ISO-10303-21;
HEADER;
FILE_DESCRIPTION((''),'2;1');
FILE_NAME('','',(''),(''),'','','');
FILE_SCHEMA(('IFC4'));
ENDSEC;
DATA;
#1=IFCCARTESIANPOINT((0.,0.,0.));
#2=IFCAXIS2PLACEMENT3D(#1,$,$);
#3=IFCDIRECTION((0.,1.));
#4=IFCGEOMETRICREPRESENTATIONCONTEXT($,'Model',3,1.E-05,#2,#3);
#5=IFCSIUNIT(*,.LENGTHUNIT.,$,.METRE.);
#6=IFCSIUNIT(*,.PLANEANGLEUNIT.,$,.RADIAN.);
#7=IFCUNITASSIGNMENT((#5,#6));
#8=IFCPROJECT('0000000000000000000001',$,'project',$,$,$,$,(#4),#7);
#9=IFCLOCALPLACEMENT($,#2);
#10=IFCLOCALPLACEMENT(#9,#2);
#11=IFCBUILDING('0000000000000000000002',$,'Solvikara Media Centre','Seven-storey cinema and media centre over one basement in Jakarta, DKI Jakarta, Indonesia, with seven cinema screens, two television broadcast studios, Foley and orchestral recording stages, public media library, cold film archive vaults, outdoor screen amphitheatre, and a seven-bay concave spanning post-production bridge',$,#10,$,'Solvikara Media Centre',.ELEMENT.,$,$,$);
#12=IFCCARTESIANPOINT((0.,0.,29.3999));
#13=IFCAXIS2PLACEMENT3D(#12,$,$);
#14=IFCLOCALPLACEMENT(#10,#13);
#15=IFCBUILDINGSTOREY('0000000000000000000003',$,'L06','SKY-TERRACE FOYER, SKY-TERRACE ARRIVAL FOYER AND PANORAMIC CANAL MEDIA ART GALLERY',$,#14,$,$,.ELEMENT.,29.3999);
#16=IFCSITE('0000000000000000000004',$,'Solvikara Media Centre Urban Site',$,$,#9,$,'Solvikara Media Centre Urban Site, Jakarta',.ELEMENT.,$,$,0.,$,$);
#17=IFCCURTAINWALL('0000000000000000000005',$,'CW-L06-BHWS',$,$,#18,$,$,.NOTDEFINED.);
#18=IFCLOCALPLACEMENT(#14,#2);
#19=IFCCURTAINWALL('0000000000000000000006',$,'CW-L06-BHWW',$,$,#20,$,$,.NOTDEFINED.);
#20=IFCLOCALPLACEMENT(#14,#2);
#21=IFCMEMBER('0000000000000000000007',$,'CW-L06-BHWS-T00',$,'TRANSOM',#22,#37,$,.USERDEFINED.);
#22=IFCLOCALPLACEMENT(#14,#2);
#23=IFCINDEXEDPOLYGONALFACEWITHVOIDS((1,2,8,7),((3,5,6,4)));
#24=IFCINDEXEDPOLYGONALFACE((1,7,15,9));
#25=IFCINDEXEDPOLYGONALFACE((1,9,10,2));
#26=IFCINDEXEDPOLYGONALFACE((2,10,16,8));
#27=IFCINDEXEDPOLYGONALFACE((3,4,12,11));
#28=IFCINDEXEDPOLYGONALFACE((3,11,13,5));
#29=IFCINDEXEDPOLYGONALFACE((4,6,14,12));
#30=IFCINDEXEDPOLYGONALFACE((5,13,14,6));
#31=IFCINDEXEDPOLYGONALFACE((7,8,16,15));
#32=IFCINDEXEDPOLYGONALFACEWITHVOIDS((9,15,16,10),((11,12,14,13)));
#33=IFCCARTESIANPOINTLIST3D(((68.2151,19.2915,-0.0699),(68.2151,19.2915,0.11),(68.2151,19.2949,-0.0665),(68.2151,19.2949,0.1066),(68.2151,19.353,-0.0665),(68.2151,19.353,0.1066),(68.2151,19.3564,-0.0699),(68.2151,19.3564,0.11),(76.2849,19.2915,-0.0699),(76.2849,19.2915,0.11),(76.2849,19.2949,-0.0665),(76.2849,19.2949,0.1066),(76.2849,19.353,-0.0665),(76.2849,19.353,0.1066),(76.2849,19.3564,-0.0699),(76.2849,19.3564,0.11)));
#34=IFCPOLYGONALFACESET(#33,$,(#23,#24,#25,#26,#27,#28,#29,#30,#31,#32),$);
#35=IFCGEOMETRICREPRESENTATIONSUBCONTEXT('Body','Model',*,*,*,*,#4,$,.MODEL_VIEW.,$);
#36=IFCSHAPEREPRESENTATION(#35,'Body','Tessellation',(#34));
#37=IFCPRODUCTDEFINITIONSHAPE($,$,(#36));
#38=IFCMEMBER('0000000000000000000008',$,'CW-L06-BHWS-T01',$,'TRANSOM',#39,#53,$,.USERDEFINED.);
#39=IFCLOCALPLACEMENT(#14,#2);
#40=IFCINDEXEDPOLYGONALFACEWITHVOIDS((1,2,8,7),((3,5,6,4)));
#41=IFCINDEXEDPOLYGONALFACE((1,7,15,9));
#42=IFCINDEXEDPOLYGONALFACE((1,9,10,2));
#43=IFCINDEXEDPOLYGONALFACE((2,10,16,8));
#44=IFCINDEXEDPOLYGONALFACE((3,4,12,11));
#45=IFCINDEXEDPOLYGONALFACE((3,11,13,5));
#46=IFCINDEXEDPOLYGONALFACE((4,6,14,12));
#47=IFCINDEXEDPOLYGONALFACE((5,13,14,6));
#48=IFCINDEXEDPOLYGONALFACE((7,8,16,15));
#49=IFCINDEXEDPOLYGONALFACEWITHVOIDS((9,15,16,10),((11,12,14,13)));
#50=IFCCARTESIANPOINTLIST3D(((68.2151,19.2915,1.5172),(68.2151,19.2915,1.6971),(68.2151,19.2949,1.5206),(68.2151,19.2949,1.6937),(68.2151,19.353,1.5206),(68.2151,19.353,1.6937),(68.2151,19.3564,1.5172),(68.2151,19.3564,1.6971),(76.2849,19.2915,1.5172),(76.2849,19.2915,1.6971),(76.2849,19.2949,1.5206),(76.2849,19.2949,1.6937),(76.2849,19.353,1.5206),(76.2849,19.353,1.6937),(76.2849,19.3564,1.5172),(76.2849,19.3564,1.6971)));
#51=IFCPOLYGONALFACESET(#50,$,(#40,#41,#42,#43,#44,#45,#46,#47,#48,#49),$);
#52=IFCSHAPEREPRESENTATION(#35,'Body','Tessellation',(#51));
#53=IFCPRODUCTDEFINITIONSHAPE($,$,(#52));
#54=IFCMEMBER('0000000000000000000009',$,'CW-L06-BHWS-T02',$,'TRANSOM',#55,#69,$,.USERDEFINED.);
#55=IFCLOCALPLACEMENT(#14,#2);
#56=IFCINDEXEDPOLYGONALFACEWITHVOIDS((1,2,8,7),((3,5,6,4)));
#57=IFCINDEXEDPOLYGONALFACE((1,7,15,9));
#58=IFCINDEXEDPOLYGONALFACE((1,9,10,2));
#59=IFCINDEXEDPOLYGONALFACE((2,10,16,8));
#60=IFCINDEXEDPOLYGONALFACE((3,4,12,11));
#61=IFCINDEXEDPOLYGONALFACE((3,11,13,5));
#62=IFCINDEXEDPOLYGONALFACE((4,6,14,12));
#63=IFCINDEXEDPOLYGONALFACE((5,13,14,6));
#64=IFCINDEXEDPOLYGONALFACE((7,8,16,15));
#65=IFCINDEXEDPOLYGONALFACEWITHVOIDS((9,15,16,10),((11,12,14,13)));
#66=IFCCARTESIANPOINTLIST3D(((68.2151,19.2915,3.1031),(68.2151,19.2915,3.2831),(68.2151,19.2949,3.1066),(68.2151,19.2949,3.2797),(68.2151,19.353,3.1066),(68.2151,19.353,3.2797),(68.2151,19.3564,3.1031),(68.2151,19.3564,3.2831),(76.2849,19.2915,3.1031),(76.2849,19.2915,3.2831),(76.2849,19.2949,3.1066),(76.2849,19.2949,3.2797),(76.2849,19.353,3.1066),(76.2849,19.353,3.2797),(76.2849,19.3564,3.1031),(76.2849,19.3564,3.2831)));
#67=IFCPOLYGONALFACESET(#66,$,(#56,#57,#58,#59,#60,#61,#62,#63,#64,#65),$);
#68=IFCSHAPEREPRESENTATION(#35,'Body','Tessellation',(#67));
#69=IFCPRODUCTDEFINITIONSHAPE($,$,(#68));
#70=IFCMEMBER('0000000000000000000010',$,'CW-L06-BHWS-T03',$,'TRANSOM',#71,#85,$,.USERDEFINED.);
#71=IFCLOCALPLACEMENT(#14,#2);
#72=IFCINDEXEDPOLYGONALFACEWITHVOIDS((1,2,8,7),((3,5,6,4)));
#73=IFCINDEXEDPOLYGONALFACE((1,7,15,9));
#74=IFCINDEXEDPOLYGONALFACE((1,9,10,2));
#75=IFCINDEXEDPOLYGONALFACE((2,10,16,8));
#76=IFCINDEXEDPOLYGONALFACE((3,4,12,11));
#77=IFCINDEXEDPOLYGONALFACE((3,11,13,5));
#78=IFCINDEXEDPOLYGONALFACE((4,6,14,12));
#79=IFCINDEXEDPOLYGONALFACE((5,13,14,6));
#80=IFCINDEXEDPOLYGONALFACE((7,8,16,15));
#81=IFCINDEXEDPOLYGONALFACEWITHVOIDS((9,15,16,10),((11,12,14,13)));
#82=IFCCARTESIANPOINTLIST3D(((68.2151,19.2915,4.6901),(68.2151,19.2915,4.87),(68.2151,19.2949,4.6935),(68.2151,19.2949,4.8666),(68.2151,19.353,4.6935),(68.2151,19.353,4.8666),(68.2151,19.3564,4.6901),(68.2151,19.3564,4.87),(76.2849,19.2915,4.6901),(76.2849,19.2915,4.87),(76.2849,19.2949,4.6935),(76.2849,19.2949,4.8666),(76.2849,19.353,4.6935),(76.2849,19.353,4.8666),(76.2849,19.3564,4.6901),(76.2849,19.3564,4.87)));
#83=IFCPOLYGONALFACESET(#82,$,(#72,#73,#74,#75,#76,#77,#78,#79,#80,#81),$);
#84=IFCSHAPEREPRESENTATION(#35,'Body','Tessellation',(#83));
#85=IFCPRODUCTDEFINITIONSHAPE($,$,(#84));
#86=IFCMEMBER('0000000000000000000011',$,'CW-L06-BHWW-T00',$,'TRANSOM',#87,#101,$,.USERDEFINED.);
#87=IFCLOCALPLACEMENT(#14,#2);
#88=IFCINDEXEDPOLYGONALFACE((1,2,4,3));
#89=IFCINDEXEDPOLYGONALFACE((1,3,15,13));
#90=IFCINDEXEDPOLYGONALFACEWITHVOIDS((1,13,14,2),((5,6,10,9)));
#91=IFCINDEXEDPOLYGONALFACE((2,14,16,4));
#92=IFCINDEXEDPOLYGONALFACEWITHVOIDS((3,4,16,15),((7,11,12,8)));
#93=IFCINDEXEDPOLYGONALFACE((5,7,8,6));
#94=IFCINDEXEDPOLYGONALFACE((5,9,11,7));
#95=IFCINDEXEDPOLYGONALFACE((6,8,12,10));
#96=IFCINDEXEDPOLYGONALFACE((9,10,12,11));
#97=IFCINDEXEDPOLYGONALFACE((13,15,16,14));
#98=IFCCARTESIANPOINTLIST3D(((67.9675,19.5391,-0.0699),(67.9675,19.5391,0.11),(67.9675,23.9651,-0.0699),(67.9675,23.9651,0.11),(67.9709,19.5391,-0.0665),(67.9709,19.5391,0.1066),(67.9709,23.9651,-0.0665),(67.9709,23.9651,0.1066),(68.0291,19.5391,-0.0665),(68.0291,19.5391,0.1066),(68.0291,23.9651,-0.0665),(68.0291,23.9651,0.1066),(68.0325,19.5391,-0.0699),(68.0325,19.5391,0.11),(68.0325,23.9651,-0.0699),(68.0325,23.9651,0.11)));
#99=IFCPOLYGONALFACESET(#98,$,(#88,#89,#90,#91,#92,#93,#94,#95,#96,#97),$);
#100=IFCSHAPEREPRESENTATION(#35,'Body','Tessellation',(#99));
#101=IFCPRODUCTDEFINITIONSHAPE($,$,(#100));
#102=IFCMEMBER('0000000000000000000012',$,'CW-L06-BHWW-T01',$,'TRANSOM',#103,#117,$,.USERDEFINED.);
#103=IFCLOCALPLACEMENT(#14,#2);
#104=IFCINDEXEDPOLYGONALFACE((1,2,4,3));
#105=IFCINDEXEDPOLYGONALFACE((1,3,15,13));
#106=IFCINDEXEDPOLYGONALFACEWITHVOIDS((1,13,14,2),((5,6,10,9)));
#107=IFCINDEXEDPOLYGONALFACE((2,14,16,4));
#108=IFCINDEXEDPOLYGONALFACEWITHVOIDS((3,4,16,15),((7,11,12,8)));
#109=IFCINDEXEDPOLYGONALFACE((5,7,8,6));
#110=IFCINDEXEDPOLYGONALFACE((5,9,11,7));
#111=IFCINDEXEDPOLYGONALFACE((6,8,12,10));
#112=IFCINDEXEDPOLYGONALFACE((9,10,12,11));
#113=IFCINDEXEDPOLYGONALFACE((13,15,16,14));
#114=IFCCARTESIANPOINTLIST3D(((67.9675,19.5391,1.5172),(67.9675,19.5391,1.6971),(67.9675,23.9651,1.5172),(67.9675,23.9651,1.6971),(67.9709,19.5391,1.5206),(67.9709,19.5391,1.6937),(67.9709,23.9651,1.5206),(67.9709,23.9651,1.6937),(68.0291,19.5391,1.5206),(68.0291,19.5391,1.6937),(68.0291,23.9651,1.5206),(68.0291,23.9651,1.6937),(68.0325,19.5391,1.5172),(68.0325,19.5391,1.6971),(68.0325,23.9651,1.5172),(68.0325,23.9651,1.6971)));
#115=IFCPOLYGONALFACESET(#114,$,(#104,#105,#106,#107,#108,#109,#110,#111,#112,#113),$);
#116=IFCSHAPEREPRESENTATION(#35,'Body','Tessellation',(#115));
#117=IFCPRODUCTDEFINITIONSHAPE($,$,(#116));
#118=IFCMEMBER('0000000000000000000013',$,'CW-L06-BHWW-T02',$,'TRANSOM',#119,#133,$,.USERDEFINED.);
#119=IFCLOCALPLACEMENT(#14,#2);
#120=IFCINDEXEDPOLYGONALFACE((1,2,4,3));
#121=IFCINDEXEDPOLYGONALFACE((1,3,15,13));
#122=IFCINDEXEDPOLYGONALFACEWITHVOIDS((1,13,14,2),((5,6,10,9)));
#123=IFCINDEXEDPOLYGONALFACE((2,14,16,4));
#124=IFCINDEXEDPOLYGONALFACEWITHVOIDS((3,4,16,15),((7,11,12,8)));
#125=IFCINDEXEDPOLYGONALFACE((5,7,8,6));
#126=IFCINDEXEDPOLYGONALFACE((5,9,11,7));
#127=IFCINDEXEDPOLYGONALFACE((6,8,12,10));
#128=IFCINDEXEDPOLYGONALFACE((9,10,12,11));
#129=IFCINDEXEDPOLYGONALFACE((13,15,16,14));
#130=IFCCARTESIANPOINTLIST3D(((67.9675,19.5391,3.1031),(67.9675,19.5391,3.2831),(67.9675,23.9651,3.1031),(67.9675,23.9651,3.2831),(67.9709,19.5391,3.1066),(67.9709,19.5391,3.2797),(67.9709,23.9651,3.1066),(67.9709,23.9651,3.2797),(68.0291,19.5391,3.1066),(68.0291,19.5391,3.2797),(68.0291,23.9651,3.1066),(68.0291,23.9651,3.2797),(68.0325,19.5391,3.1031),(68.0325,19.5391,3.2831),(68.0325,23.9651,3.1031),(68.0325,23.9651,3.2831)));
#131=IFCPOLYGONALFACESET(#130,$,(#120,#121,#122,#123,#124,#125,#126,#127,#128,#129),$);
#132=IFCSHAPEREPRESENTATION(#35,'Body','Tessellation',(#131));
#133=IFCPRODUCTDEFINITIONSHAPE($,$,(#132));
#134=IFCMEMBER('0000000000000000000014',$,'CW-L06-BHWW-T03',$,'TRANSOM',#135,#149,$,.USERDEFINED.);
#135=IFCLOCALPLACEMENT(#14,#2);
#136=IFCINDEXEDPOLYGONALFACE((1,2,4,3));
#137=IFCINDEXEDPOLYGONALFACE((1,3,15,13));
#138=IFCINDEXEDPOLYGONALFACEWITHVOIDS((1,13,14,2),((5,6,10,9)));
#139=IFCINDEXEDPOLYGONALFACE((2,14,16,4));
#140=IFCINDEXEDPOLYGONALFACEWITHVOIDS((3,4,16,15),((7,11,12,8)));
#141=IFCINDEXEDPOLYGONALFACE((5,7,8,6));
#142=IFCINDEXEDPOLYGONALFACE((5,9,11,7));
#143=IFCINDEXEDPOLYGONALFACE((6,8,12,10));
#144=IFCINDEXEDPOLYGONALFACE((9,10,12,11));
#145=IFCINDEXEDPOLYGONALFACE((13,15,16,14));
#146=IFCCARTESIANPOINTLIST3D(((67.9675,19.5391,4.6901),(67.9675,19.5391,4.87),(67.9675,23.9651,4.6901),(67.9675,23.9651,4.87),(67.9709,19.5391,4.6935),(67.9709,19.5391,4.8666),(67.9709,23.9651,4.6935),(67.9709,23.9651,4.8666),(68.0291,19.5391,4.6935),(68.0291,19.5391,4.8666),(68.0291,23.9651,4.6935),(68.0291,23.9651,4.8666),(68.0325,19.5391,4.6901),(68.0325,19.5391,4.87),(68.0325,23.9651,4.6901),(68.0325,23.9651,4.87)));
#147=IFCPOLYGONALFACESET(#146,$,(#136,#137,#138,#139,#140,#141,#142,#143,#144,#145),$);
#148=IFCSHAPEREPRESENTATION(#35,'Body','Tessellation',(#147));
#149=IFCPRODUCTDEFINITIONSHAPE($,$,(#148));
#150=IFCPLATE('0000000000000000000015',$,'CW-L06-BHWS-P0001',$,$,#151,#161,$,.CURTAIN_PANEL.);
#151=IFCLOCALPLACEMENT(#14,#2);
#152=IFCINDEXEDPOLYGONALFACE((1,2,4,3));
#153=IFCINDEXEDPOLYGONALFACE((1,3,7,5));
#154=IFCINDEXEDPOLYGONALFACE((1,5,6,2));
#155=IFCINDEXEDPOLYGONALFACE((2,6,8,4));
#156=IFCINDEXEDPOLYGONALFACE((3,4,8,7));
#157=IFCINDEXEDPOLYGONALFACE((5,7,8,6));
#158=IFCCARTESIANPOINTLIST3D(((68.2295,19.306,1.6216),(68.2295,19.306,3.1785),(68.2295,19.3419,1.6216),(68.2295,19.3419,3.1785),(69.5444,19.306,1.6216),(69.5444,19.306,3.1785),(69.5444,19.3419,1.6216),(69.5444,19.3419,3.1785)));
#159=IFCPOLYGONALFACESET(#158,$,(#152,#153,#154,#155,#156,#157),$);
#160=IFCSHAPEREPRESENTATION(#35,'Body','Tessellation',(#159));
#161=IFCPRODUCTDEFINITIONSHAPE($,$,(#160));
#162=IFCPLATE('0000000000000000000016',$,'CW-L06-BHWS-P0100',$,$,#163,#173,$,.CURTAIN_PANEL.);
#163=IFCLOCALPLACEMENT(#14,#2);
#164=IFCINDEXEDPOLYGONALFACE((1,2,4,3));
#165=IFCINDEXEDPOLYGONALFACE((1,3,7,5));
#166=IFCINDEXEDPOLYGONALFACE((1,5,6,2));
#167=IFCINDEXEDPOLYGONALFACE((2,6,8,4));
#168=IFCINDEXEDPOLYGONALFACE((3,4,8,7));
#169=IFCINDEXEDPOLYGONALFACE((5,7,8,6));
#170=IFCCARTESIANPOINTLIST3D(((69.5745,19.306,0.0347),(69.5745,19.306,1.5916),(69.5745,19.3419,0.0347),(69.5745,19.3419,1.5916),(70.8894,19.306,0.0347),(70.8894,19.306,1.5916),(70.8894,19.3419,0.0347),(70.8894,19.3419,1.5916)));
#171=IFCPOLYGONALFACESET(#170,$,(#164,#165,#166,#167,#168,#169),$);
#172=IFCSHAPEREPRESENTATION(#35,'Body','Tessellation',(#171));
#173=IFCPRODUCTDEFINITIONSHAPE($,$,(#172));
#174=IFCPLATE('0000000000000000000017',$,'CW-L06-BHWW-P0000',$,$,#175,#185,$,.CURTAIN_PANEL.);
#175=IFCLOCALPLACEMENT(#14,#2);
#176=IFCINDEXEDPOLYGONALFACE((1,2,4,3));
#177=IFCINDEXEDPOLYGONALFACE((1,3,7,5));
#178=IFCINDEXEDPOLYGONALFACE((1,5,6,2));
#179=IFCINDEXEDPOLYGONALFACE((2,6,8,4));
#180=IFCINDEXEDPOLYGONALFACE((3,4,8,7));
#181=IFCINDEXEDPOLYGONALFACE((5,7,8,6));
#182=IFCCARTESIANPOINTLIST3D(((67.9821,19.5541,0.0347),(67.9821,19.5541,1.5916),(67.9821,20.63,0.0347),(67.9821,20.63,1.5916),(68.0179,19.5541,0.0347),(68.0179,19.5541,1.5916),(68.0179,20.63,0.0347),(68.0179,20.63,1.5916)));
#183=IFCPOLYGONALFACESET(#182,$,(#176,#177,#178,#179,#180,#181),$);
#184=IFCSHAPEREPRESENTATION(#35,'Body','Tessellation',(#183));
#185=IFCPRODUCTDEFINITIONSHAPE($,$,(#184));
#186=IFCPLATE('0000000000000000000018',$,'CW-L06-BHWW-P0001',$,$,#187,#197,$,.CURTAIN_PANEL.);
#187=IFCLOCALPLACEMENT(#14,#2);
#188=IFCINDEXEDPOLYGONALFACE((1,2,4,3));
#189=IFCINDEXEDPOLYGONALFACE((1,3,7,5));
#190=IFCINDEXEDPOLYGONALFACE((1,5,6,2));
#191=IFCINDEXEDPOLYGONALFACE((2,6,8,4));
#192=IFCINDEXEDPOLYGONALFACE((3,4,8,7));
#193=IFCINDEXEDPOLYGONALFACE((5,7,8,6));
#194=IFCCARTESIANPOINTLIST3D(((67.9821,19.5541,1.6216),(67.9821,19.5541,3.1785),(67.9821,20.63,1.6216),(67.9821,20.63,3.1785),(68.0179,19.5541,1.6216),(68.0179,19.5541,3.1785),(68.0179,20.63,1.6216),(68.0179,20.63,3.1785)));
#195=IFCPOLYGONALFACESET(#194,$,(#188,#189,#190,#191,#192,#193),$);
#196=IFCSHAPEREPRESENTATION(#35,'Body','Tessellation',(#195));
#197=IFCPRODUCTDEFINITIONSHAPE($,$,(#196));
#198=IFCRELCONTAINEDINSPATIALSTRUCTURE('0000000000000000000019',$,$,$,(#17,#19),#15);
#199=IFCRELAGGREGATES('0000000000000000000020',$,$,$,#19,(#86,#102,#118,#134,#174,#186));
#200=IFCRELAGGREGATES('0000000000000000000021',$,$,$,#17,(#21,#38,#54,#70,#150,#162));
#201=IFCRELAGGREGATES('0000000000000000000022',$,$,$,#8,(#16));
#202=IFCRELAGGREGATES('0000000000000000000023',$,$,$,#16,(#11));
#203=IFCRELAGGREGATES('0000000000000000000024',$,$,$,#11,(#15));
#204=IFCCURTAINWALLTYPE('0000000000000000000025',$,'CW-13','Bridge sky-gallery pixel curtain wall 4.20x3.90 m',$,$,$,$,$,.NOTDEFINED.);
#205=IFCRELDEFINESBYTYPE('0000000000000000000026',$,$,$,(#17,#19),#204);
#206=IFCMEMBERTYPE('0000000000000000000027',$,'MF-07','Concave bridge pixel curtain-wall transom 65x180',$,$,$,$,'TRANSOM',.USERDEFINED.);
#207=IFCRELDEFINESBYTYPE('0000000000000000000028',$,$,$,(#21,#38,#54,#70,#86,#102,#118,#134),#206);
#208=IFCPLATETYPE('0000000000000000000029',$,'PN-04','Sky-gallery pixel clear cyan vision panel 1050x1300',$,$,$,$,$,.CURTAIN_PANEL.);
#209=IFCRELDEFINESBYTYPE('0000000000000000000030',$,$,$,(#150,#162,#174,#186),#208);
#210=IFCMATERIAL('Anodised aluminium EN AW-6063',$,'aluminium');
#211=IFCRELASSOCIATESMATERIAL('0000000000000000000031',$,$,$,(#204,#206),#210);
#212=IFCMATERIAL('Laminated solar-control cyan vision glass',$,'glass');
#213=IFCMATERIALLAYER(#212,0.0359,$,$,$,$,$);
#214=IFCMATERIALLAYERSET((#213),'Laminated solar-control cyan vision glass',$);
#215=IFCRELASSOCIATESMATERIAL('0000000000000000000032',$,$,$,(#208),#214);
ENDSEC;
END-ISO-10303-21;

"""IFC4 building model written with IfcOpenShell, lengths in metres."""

from ifc_helpers import new_model, si_unit, direction, frame, origin, origin_2d, place, context, subcontext, project, spatial, rectangle, hollow_rectangle, extrude, material, layer, layer_set, material_profile, profile_set, type_object, element, aggregate, save


model = new_model("IFC4")

# Units and contexts
model_context = context("Model", 3, precision=1e-05, world=origin(), true_north=direction((0.0, 1.0)))
body_context = subcontext(model_context, "Body", "Model", "MODEL_VIEW")
ifc_project = project(units=[si_unit("LENGTHUNIT", "METRE"), si_unit("PLANEANGLEUNIT", "RADIAN")], contexts=[model_context])

# Site, building, storey
site_placement = place(None, origin())
site = spatial("IfcSite", under=ifc_project, at=site_placement, Name="Solvikara Media Centre Urban Site", LongName="Solvikara Media Centre Urban Site, Jakarta", CompositionType="ELEMENT", RefElevation=0.0)
building_placement = place(site_placement, origin())
building = spatial("IfcBuilding", under=site, at=building_placement, Name="Solvikara Media Centre", Description="Seven-storey cinema and media centre over one basement in Jakarta, DKI Jakarta, Indonesia, with seven cinema screens, two television broadcast studios, Foley and orchestral recording stages, public media library, cold film archive vaults, outdoor screen amphitheatre, and a seven-bay concave spanning post-production bridge", LongName="Solvikara Media Centre", CompositionType="ELEMENT")
storey_placement = place(building_placement, frame((0.0, 0.0, 29.3999)))
storey = spatial("IfcBuildingStorey", under=building, at=storey_placement, Name="L06", Description="SKY-TERRACE FOYER, SKY-TERRACE ARRIVAL FOYER AND PANORAMIC CANAL MEDIA ART GALLERY", CompositionType="ELEMENT", Elevation=29.3999)

# Curtain wall
ifc_material_1 = material(Name="Anodised aluminium EN AW-6063", Category="aluminium")
curtain_wall_type = type_object("IfcCurtainWallType", Name="CW-13", Description="Bridge sky-gallery pixel curtain wall 4.20x3.90 m", PredefinedType="NOTDEFINED", material=ifc_material_1)
curtain_wall_1_placement = place(storey_placement, origin())
curtain_wall_1 = element("IfcCurtainWall", 1, at=curtain_wall_1_placement, inside=storey, type_object=curtain_wall_type, Name="CW-L06-BHWS", PredefinedType="NOTDEFINED")

# Curtain wall
curtain_wall_2_placement = place(storey_placement, origin())
curtain_wall_2 = element("IfcCurtainWall", 2, at=curtain_wall_2_placement, inside=storey, type_object=curtain_wall_type, Name="CW-L06-BHWW", PredefinedType="NOTDEFINED")

# Members
ifc_material_profile_1 = material_profile(ifc_material_1, hollow_rectangle(XDim=0.0649, YDim=0.1799, WallThickness=0.0034, at=origin_2d()), Name="ALU-T 65x180x3.5")
ifc_profile_set_1 = profile_set([ifc_material_profile_1], Name="Anodised aluminium EN AW-6063")
member_type_1 = type_object("IfcMemberType", Name="MF-07", Description="Concave bridge pixel curtain-wall transom 65x180", ElementType="TRANSOM", PredefinedType="USERDEFINED", material=ifc_profile_set_1)
member_1_placement = place(storey_placement, frame((68.2151, 19.324, 0.02), z_axis=(1.0, 0.0, 0.0), x_axis=(0.0, 1.0, 0.0)))
member_1 = element("IfcMember", 3, at=member_1_placement, type_object=member_type_1, Name="CW-L06-BHWS-T00", ObjectType="TRANSOM", PredefinedType="USERDEFINED", context=body_context, shape_type="SweptSolid", body=[
    extrude(hollow_rectangle(XDim=0.0649, YDim=0.1799, WallThickness=0.0034, at=origin_2d()), origin(), (0.0, 0.0, 1.0), 8.0698),
])
member_2_placement = place(storey_placement, frame((68.2151, 19.324, 1.6072), z_axis=(1.0, 0.0, 0.0), x_axis=(0.0, 1.0, 0.0)))
member_2 = element("IfcMember", 4, at=member_2_placement, type_object=member_type_1, Name="CW-L06-BHWS-T01", ObjectType="TRANSOM", PredefinedType="USERDEFINED", context=body_context, shape_type="SweptSolid", body=[
    extrude(hollow_rectangle(XDim=0.0649, YDim=0.1799, WallThickness=0.0034, at=origin_2d()), origin(), (0.0, 0.0, 1.0), 8.0698),
])
member_3_placement = place(storey_placement, frame((68.2151, 19.324, 3.1931), z_axis=(1.0, 0.0, 0.0), x_axis=(0.0, 1.0, 0.0)))
member_3 = element("IfcMember", 5, at=member_3_placement, type_object=member_type_1, Name="CW-L06-BHWS-T02", ObjectType="TRANSOM", PredefinedType="USERDEFINED", context=body_context, shape_type="SweptSolid", body=[
    extrude(hollow_rectangle(XDim=0.0649, YDim=0.1799, WallThickness=0.0034, at=origin_2d()), origin(), (0.0, 0.0, 1.0), 8.0698),
])
member_4_placement = place(storey_placement, frame((68.2151, 19.324, 4.78), z_axis=(1.0, 0.0, 0.0), x_axis=(0.0, 1.0, 0.0)))
member_4 = element("IfcMember", 6, at=member_4_placement, type_object=member_type_1, Name="CW-L06-BHWS-T03", ObjectType="TRANSOM", PredefinedType="USERDEFINED", context=body_context, shape_type="SweptSolid", body=[
    extrude(hollow_rectangle(XDim=0.0649, YDim=0.1799, WallThickness=0.0034, at=origin_2d()), origin(), (0.0, 0.0, 1.0), 8.0698),
])
member_5_placement = place(storey_placement, frame((68.0, 19.5391, 0.02), z_axis=(0.0, 1.0, 0.0), x_axis=(-1.0, 0.0, 0.0)))
member_5 = element("IfcMember", 7, at=member_5_placement, type_object=member_type_1, Name="CW-L06-BHWW-T00", ObjectType="TRANSOM", PredefinedType="USERDEFINED", context=body_context, shape_type="SweptSolid", body=[
    extrude(hollow_rectangle(XDim=0.0649, YDim=0.1799, WallThickness=0.0034, at=origin_2d()), origin(), (0.0, 0.0, 1.0), 4.426),
])
member_6_placement = place(storey_placement, frame((68.0, 19.5391, 1.6072), z_axis=(0.0, 1.0, 0.0), x_axis=(-1.0, 0.0, 0.0)))
member_6 = element("IfcMember", 8, at=member_6_placement, type_object=member_type_1, Name="CW-L06-BHWW-T01", ObjectType="TRANSOM", PredefinedType="USERDEFINED", context=body_context, shape_type="SweptSolid", body=[
    extrude(hollow_rectangle(XDim=0.0649, YDim=0.1799, WallThickness=0.0034, at=origin_2d()), origin(), (0.0, 0.0, 1.0), 4.426),
])
member_7_placement = place(storey_placement, frame((68.0, 19.5391, 3.1931), z_axis=(0.0, 1.0, 0.0), x_axis=(-1.0, 0.0, 0.0)))
member_7 = element("IfcMember", 9, at=member_7_placement, type_object=member_type_1, Name="CW-L06-BHWW-T02", ObjectType="TRANSOM", PredefinedType="USERDEFINED", context=body_context, shape_type="SweptSolid", body=[
    extrude(hollow_rectangle(XDim=0.0649, YDim=0.1799, WallThickness=0.0034, at=origin_2d()), origin(), (0.0, 0.0, 1.0), 4.426),
])
member_8_placement = place(storey_placement, frame((68.0, 19.5391, 4.78), z_axis=(0.0, 1.0, 0.0), x_axis=(-1.0, 0.0, 0.0)))
member_8 = element("IfcMember", 10, at=member_8_placement, type_object=member_type_1, Name="CW-L06-BHWW-T03", ObjectType="TRANSOM", PredefinedType="USERDEFINED", context=body_context, shape_type="SweptSolid", body=[
    extrude(hollow_rectangle(XDim=0.0649, YDim=0.1799, WallThickness=0.0034, at=origin_2d()), origin(), (0.0, 0.0, 1.0), 4.426),
])

# Plates
ifc_material_2 = material(Name="Laminated solar-control cyan vision glass", Category="glass")
ifc_layer_1 = layer(ifc_material_2, 0.0359)
ifc_layer_set_1 = layer_set([ifc_layer_1], Name="Laminated solar-control cyan vision glass")
plate_type_1 = type_object("IfcPlateType", Name="PN-04", Description="Sky-gallery pixel clear cyan vision panel 1050x1300", PredefinedType="CURTAIN_PANEL", material=ifc_layer_set_1)
plate_1_placement = place(storey_placement, frame((68.887, 19.324, 1.6216), z_axis=(0.0, 0.0, 1.0), x_axis=(1.0, 0.0, 0.0)))
plate_1 = element("IfcPlate", 11, at=plate_1_placement, type_object=plate_type_1, Name="CW-L06-BHWS-P0001", PredefinedType="CURTAIN_PANEL", context=body_context, shape_type="SweptSolid", body=[
    extrude(rectangle(XDim=1.3149, YDim=0.0359, at=origin_2d()), origin(), (0.0, 0.0, 1.0), 1.5569),
])
plate_2_placement = place(storey_placement, frame((70.2319, 19.324, 0.0347), z_axis=(0.0, 0.0, 1.0), x_axis=(1.0, 0.0, 0.0)))
plate_2 = element("IfcPlate", 12, at=plate_2_placement, type_object=plate_type_1, Name="CW-L06-BHWS-P0100", PredefinedType="CURTAIN_PANEL", context=body_context, shape_type="SweptSolid", body=[
    extrude(rectangle(XDim=1.3149, YDim=0.0359, at=origin_2d()), origin(), (0.0, 0.0, 1.0), 1.5569),
])
plate_3_placement = place(storey_placement, frame((68.0, 20.092, 0.0347), z_axis=(0.0, 0.0, 1.0), x_axis=(0.0, 1.0, 0.0)))
plate_3 = element("IfcPlate", 13, at=plate_3_placement, type_object=plate_type_1, Name="CW-L06-BHWW-P0000", PredefinedType="CURTAIN_PANEL", context=body_context, shape_type="SweptSolid", body=[
    extrude(rectangle(XDim=1.0759, YDim=0.0359, at=origin_2d()), origin(), (0.0, 0.0, 1.0), 1.5569),
])
plate_4_placement = place(storey_placement, frame((68.0, 20.092, 1.6216), z_axis=(0.0, 0.0, 1.0), x_axis=(0.0, 1.0, 0.0)))
plate_4 = element("IfcPlate", 14, at=plate_4_placement, type_object=plate_type_1, Name="CW-L06-BHWW-P0001", PredefinedType="CURTAIN_PANEL", context=body_context, shape_type="SweptSolid", body=[
    extrude(rectangle(XDim=1.0759, YDim=0.0359, at=origin_2d()), origin(), (0.0, 0.0, 1.0), 1.5569),
])
aggregate(curtain_wall_2, [member_5, member_6, member_7, member_8, plate_3, plate_4])
aggregate(curtain_wall_1, [member_1, member_2, member_3, member_4, plate_1, plate_2])

save(model, "model.ifc")
